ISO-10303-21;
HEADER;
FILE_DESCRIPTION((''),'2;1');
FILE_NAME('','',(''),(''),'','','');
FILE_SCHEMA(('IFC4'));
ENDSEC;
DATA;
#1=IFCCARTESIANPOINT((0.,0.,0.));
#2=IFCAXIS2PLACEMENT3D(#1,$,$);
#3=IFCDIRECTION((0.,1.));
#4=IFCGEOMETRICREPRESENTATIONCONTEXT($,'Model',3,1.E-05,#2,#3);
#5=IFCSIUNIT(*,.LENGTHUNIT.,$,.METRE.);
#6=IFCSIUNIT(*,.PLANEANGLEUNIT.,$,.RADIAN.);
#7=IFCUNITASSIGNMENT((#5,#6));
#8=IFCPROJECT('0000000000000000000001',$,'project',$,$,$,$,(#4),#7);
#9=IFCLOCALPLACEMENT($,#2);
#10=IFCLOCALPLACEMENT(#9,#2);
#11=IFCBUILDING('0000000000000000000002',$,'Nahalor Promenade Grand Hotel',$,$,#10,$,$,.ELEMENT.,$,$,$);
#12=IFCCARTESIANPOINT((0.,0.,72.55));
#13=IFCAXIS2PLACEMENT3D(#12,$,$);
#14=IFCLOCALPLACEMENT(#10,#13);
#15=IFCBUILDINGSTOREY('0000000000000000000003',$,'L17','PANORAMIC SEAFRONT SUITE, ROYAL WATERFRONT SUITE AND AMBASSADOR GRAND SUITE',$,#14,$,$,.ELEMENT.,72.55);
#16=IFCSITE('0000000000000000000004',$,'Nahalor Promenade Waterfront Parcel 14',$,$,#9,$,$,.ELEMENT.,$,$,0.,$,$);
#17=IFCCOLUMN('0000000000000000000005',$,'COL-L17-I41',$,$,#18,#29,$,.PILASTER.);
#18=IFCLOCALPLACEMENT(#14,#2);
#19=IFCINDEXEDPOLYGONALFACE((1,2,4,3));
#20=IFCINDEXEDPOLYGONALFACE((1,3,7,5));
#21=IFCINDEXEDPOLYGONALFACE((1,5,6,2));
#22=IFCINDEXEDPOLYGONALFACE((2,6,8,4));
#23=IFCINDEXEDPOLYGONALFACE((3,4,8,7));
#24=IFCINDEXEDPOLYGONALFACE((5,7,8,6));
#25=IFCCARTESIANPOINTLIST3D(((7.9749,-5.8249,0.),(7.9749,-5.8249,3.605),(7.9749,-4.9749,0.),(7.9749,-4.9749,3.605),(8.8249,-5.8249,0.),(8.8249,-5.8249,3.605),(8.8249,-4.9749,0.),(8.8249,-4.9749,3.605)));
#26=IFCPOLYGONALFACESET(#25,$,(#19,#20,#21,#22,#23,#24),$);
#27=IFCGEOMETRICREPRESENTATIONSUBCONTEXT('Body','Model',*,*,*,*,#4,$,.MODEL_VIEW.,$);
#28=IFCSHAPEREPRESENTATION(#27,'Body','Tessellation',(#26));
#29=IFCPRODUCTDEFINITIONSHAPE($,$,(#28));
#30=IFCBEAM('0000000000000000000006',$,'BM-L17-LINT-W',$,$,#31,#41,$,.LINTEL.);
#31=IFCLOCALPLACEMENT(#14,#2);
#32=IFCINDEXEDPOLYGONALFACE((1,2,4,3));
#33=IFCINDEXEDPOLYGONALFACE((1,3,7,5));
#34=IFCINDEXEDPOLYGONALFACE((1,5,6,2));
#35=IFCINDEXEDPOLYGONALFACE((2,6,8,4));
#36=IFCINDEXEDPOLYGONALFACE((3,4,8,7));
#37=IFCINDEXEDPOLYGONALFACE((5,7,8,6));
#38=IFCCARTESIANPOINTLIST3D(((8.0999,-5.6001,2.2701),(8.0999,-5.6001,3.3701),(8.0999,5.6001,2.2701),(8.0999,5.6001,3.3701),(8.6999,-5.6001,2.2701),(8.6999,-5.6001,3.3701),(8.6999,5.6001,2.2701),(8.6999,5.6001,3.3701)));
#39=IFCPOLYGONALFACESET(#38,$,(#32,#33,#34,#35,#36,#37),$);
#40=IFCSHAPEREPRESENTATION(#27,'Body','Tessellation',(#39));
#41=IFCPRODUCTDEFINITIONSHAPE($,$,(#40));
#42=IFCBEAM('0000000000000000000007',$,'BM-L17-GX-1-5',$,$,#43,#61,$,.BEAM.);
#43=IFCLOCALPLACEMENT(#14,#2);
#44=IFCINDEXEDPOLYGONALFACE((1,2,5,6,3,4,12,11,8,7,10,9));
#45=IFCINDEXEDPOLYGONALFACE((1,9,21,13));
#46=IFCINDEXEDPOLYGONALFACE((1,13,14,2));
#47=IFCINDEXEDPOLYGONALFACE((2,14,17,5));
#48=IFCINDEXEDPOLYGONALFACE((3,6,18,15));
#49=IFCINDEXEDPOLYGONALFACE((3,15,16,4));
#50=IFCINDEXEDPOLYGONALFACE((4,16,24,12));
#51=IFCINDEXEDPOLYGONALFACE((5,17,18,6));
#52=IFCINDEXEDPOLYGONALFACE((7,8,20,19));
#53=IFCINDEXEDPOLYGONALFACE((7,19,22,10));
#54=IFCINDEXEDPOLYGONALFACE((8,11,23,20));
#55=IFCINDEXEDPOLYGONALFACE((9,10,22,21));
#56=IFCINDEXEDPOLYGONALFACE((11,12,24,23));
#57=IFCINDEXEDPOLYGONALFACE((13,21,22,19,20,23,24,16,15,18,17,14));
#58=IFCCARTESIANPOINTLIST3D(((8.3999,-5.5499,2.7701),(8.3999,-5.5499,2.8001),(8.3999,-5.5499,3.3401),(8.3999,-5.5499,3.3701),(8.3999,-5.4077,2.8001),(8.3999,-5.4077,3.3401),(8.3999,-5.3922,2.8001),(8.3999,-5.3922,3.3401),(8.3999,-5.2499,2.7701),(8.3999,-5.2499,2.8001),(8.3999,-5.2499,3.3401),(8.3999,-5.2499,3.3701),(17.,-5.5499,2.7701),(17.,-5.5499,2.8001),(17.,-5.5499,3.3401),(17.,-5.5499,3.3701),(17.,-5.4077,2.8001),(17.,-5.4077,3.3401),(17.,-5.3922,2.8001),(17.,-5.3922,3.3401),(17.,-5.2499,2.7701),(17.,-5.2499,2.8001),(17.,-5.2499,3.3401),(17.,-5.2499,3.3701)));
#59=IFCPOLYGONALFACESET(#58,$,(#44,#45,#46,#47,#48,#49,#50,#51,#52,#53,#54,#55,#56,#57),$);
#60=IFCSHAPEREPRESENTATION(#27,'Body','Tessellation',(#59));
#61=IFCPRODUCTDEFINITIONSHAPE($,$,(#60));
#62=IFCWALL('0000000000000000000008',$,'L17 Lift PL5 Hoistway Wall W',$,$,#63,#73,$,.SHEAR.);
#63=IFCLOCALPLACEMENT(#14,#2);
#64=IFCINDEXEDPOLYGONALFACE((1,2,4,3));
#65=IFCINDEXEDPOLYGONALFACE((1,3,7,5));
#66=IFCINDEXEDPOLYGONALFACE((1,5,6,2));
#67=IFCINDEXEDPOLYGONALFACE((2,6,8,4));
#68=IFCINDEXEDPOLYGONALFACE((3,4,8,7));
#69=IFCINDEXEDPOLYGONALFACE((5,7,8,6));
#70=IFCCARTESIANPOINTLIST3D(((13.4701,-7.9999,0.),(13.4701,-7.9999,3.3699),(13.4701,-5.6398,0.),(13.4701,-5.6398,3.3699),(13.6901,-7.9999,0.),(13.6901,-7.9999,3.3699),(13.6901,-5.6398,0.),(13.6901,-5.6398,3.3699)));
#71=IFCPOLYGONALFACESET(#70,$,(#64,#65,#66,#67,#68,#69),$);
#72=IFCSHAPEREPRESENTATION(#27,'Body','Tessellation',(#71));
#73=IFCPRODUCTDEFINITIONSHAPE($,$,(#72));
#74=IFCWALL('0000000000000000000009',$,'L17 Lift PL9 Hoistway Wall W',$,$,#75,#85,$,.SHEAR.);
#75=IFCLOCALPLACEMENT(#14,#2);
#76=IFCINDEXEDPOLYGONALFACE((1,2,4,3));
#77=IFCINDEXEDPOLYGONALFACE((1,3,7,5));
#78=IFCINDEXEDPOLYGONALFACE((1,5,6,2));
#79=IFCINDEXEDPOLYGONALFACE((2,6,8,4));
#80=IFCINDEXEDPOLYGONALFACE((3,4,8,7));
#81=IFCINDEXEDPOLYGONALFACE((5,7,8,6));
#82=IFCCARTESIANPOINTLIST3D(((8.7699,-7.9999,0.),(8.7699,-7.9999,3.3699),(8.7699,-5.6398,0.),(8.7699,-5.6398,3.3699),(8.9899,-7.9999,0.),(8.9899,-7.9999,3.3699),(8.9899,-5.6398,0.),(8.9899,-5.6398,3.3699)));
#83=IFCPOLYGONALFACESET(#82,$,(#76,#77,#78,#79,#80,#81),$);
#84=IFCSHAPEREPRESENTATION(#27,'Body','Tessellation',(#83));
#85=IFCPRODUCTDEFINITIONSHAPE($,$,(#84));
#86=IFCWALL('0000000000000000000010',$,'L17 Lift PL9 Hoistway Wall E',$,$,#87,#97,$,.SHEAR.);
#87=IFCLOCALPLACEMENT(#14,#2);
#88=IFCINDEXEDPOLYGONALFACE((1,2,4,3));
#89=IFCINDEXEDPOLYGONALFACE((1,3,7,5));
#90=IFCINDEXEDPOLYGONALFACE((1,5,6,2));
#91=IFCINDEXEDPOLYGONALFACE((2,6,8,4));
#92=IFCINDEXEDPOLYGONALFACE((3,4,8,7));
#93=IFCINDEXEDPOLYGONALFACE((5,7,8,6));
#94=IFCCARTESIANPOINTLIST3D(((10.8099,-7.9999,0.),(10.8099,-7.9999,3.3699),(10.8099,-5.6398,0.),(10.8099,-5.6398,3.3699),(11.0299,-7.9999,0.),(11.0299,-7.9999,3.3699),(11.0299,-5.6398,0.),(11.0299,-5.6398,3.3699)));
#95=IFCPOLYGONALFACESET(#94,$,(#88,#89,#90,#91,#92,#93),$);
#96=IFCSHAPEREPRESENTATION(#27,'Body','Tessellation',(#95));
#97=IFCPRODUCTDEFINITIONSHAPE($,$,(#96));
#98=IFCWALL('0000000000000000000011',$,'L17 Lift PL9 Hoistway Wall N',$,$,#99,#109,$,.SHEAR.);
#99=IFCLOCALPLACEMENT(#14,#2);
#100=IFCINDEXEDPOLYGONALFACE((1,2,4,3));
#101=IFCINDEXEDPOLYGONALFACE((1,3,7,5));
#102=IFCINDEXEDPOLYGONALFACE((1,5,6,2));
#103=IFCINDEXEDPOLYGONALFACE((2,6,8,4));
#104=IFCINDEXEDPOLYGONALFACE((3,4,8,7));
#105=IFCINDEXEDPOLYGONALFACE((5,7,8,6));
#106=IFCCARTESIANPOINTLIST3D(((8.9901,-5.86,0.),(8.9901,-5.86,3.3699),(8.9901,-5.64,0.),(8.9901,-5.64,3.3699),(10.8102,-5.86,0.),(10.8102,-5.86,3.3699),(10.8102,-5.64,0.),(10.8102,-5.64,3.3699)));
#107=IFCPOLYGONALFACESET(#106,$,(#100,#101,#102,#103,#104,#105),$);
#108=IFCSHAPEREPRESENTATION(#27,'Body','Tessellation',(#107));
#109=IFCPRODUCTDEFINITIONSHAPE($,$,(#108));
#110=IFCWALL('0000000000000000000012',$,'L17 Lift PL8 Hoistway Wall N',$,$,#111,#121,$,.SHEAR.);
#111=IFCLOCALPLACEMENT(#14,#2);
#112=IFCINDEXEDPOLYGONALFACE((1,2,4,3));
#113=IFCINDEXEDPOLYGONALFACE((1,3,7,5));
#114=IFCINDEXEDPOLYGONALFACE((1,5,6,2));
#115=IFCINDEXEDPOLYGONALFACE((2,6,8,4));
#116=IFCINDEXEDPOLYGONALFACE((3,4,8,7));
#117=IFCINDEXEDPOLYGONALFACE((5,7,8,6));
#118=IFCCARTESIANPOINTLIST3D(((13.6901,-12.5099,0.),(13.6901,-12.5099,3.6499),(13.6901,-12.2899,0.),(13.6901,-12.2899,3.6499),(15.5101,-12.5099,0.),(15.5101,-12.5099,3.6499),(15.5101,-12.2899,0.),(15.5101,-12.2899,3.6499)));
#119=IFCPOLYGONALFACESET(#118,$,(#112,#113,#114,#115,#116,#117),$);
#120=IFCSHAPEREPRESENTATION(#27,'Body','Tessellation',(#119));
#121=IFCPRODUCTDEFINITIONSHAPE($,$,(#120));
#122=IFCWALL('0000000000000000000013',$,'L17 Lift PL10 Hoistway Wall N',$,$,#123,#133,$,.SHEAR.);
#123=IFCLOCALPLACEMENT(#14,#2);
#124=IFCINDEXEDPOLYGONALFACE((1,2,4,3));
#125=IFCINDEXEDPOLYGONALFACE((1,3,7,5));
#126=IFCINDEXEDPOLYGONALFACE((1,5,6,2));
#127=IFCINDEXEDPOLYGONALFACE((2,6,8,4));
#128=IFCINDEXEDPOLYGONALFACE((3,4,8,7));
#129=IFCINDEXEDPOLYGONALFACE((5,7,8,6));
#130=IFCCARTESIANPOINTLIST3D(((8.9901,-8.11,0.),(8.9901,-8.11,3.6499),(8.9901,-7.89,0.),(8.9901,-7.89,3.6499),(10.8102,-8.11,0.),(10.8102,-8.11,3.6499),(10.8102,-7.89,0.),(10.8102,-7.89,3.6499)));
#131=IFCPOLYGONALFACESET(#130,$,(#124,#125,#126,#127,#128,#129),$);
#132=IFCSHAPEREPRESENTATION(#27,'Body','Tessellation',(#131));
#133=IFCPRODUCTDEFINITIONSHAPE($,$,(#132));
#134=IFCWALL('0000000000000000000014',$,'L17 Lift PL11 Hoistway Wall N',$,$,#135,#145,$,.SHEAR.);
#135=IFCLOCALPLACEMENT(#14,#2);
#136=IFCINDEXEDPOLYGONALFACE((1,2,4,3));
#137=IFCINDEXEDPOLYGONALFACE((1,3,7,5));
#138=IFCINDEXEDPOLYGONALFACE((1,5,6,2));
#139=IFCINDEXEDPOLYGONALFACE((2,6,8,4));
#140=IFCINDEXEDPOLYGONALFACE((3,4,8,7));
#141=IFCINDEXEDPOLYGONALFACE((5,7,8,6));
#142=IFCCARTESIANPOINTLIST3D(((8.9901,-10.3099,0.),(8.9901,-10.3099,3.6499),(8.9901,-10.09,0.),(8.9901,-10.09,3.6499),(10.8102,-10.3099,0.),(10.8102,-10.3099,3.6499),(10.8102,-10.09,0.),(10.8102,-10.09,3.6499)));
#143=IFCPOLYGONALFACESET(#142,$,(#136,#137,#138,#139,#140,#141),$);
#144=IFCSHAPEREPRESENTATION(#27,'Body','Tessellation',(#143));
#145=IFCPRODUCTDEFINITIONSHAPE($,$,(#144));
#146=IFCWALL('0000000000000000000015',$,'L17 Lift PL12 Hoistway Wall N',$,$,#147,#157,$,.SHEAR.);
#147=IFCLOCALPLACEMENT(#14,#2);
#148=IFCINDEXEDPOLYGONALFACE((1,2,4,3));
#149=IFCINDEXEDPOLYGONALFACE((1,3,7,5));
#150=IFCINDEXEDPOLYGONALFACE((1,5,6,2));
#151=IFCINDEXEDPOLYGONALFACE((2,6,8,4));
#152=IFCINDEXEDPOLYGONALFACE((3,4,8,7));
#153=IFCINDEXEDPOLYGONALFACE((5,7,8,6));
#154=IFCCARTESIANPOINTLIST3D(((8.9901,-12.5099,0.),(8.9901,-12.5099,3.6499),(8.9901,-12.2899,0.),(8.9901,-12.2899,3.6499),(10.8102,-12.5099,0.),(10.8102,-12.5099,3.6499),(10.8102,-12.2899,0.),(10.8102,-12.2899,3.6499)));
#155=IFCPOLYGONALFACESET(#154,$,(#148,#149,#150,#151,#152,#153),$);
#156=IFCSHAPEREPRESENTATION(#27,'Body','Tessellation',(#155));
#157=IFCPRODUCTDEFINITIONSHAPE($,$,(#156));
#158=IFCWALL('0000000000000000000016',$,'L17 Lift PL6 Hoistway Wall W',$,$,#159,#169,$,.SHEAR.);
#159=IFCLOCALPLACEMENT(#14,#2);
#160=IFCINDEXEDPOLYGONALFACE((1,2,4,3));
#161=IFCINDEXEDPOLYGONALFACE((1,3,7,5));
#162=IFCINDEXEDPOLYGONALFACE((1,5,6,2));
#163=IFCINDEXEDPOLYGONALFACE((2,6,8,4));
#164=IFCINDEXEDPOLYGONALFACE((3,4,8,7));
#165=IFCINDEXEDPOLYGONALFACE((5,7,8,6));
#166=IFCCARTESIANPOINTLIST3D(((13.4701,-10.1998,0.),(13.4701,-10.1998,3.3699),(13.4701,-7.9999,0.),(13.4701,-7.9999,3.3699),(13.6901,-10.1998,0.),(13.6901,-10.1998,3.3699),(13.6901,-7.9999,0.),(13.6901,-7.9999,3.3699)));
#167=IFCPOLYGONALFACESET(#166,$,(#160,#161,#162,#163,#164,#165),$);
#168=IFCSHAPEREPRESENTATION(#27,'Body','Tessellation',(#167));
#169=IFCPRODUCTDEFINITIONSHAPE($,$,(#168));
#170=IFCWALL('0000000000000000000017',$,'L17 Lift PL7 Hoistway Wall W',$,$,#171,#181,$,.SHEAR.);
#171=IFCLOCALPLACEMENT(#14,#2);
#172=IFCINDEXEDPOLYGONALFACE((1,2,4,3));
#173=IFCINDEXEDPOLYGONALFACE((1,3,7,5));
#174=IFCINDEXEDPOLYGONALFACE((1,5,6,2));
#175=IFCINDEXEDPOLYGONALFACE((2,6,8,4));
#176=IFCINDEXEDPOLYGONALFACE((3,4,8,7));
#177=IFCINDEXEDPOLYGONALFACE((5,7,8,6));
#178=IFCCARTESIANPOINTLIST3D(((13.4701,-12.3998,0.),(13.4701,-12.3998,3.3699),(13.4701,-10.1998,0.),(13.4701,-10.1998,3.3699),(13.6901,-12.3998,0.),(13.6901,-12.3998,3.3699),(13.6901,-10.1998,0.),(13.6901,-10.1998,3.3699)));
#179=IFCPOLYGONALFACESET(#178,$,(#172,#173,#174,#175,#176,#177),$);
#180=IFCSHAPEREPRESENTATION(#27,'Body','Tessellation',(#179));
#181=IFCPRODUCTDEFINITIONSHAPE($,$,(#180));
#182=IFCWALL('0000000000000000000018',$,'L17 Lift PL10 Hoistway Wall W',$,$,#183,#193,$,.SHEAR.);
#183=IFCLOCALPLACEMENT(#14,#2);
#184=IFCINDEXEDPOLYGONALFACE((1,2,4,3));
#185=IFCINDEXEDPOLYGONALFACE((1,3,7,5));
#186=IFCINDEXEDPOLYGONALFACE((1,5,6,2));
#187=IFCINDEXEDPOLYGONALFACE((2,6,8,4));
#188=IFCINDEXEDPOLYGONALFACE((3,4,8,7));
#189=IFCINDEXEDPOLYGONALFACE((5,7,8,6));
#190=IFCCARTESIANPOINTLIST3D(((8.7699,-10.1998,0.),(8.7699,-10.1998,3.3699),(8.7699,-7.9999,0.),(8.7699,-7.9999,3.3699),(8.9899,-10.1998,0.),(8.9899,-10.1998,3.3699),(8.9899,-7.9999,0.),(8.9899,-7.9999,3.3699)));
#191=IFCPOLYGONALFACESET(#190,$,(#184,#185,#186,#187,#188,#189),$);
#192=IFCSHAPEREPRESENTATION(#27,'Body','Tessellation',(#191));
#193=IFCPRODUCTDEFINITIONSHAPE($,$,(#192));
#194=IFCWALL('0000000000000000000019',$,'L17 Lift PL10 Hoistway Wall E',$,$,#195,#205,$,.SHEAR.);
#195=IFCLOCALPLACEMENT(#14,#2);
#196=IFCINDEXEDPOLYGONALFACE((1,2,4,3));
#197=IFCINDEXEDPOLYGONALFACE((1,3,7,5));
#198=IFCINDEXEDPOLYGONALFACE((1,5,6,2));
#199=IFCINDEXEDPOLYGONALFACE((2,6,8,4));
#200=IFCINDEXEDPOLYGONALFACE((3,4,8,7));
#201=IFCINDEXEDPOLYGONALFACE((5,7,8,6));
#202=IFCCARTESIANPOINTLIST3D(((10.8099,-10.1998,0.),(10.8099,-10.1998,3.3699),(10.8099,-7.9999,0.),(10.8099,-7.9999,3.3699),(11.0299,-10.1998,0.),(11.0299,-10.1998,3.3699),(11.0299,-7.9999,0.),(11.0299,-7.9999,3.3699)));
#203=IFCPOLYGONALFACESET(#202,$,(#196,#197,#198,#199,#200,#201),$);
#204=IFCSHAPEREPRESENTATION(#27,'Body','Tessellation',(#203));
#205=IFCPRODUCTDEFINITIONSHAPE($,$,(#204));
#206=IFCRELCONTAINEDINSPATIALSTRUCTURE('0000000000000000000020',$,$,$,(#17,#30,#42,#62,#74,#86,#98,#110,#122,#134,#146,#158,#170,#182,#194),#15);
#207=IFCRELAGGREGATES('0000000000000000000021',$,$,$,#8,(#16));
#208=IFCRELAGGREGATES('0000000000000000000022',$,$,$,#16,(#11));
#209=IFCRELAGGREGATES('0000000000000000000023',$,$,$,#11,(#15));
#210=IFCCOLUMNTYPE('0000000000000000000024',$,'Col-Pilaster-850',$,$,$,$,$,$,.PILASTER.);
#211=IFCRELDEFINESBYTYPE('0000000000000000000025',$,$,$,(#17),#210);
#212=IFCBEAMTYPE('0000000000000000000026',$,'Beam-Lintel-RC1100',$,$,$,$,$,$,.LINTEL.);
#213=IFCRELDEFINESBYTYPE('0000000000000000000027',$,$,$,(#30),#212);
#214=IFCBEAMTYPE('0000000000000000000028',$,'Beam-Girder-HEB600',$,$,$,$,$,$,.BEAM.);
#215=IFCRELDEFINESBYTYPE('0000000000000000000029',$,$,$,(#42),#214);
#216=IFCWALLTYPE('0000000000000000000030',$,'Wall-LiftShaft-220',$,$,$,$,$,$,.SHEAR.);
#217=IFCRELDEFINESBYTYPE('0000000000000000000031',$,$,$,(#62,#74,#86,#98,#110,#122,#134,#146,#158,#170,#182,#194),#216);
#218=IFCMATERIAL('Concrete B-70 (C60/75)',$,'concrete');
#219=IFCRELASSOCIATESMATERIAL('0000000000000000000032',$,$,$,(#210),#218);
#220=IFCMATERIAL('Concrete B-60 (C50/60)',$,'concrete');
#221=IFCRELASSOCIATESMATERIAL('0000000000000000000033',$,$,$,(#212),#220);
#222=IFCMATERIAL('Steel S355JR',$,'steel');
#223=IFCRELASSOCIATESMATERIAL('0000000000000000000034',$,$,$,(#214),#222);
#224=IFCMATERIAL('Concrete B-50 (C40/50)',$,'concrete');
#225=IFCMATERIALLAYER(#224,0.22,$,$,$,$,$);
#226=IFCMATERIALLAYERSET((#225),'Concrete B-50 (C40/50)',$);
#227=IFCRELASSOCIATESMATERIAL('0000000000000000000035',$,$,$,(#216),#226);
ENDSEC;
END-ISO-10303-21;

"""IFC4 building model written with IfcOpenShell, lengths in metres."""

from ifc_helpers import new_model, si_unit, direction, frame, frame_2d, origin, origin_2d, place, context, subcontext, project, spatial, rectangle, i_section, extrude, source, transform, mapped, material, layer, layer_set, material_profile, profile_set, type_object, element, save


model = new_model("IFC4")

# Units and contexts
model_context = context("Model", 3, precision=1e-05, world=origin(), true_north=direction((0.0, 1.0)))
body_context = subcontext(model_context, "Body", "Model", "MODEL_VIEW")
ifc_project = project(units=[si_unit("LENGTHUNIT", "METRE"), si_unit("PLANEANGLEUNIT", "RADIAN")], contexts=[model_context])

# Site, building, storey
site_placement = place(None, origin())
site = spatial("IfcSite", under=ifc_project, at=site_placement, Name="Nahalor Promenade Waterfront Parcel 14", CompositionType="ELEMENT", RefElevation=0.0)
building_placement = place(site_placement, origin())
building = spatial("IfcBuilding", under=site, at=building_placement, Name="Nahalor Promenade Grand Hotel", CompositionType="ELEMENT")
storey_placement = place(building_placement, frame((0.0, 0.0, 72.55)))
storey = spatial("IfcBuildingStorey", under=building, at=storey_placement, Name="L17", Description="PANORAMIC SEAFRONT SUITE, ROYAL WATERFRONT SUITE AND AMBASSADOR GRAND SUITE", CompositionType="ELEMENT", Elevation=72.55)

# Column
ifc_material_1 = material(Name="Concrete B-70 (C60/75)", Category="concrete")
ifc_material_profile_1 = material_profile(ifc_material_1, rectangle(XDim=0.85, YDim=0.85, at=origin_2d()), Name="RC 850x850")
ifc_profile_set_1 = profile_set([ifc_material_profile_1], Name="Concrete B-70 (C60/75)")
column_type = type_object("IfcColumnType", Name="Col-Pilaster-850", PredefinedType="PILASTER", material=ifc_profile_set_1)
shared_shape_1 = source(origin(), body_context, "Body", "SweptSolid", [
    extrude(rectangle(XDim=0.85, YDim=0.85, at=origin_2d()), origin(), (0.0, 0.0, 1.0), 3.605),
])
column_placement = place(storey_placement, frame((8.3999, -5.3999, 0.0), z_axis=(0.0, 0.0, 1.0), x_axis=(1.0, 0.0, 0.0)))
element("IfcColumn", 1, at=column_placement, inside=storey, type_object=column_type, Name="COL-L17-I41", PredefinedType="PILASTER", context=body_context, shape_type="MappedRepresentation", body=[
    mapped(shared_shape_1, transform((0.0, 0.0, 0.0), scale=1.0)),
])

# Beams
ifc_material_2 = material(Name="Concrete B-60 (C50/60)", Category="concrete")
ifc_material_profile_2 = material_profile(ifc_material_2, rectangle(XDim=0.6, YDim=1.1, at=origin_2d()), Name="RC 600x1100")
ifc_profile_set_2 = profile_set([ifc_material_profile_2], Name="Concrete B-60 (C50/60)")
beam_type_1 = type_object("IfcBeamType", Name="Beam-Lintel-RC1100", PredefinedType="LINTEL", material=ifc_profile_set_2)
shared_shape_2 = source(origin(), body_context, "Body", "SweptSolid", [
    extrude(rectangle(XDim=0.6, YDim=1.1, at=origin_2d()), origin(), (0.0, 0.0, 1.0), 11.2002),
])
beam_1_placement = place(storey_placement, frame((8.3999, -5.6001, 2.8201), z_axis=(0.0, 1.0, 0.0), x_axis=(-1.0, 0.0, 0.0)))
element("IfcBeam", 2, at=beam_1_placement, inside=storey, type_object=beam_type_1, Name="BM-L17-LINT-W", PredefinedType="LINTEL", context=body_context, shape_type="MappedRepresentation", body=[
    mapped(shared_shape_2, transform((0.0, 0.0, 0.0), scale=1.0)),
])
ifc_material_3 = material(Name="Steel S355JR", Category="steel")
ifc_material_profile_3 = material_profile(ifc_material_3, i_section(OverallWidth=0.3, OverallDepth=0.6, WebThickness=0.0155, FlangeThickness=0.03, at=origin_2d()), Name="HEB 600")
ifc_profile_set_3 = profile_set([ifc_material_profile_3], Name="Steel S355JR")
beam_type_2 = type_object("IfcBeamType", Name="Beam-Girder-HEB600", PredefinedType="BEAM", material=ifc_profile_set_3)
shared_shape_3 = source(origin(), body_context, "Body", "SweptSolid", [
    extrude(i_section(OverallWidth=0.3, OverallDepth=0.6, WebThickness=0.0155, FlangeThickness=0.03, at=origin_2d()), origin(), (0.0, 0.0, 1.0), 8.6001),
])
beam_2_placement = place(storey_placement, frame((8.3999, -5.3999, 3.0701), z_axis=(1.0, 0.0, 0.0), x_axis=(0.0, 1.0, 0.0)))
element("IfcBeam", 3, at=beam_2_placement, inside=storey, type_object=beam_type_2, Name="BM-L17-GX-1-5", PredefinedType="BEAM", context=body_context, shape_type="MappedRepresentation", body=[
    mapped(shared_shape_3, transform((0.0, 0.0, 0.0), scale=1.0)),
])

# Walls
ifc_material_4 = material(Name="Concrete B-50 (C40/50)", Category="concrete")
ifc_layer_1 = layer(ifc_material_4, 0.22)
ifc_layer_set_1 = layer_set([ifc_layer_1], Name="Concrete B-50 (C40/50)")
wall_type_1 = type_object("IfcWallType", Name="Wall-LiftShaft-220", PredefinedType="SHEAR", material=ifc_layer_set_1)
shared_shape_4 = source(origin(), body_context, "Body", "SweptSolid", [
    extrude(rectangle(XDim=2.3601, YDim=0.22, at=frame_2d((1.1802, 0.0))), origin(), (0.0, 0.0, 1.0), 3.3699),
])
for number, where, z_axis, x_axis, name in (
    (4, (13.5801, -8.0, 0.0), (0.0, 0.0, 1.0), (0.0, 1.0, 0.0), "L17 Lift PL5 Hoistway Wall W"),
    (5, (8.8799, -8.0, 0.0), (0.0, 0.0, 1.0), (0.0, 1.0, 0.0), "L17 Lift PL9 Hoistway Wall W"),
    (6, (10.9199, -8.0, 0.0), (0.0, 0.0, 1.0), (0.0, 1.0, 0.0), "L17 Lift PL9 Hoistway Wall E"),
):
    element("IfcWall", number, at=place(storey_placement, frame(where, z_axis=z_axis, x_axis=x_axis)), inside=storey, type_object=wall_type_1, Name=name, PredefinedType="SHEAR", context=body_context, shape_type="MappedRepresentation", body=[
        mapped(shared_shape_4, transform((0.0, 0.0, 0.0), scale=1.0)),
    ])
shared_shape_5 = source(origin(), body_context, "Body", "SweptSolid", [
    extrude(rectangle(XDim=1.8201, YDim=0.22, at=frame_2d((0.9102, 0.0))), origin(), (0.0, 0.0, 1.0), 3.3699),
])
wall_1_placement = place(storey_placement, frame((8.99, -5.75, 0.0), z_axis=(0.0, 0.0, 1.0), x_axis=(1.0, 0.0, 0.0)))
element("IfcWall", 7, at=wall_1_placement, inside=storey, type_object=wall_type_1, Name="L17 Lift PL9 Hoistway Wall N", PredefinedType="SHEAR", context=body_context, shape_type="MappedRepresentation", body=[
    mapped(shared_shape_5, transform((0.0, 0.0, 0.0), scale=1.0)),
])
shared_shape_6 = source(origin(), body_context, "Body", "SweptSolid", [
    extrude(rectangle(XDim=1.8201, YDim=0.22, at=frame_2d((0.9102, 0.0))), origin(), (0.0, 0.0, 1.0), 3.6499),
])
for number, where, z_axis, x_axis, name in (
    (8, (13.6899, -12.3999, 0.0), (0.0, 0.0, 1.0), (1.0, 0.0, 0.0), "L17 Lift PL8 Hoistway Wall N"),
    (9, (8.99, -8.0, 0.0), (0.0, 0.0, 1.0), (1.0, 0.0, 0.0), "L17 Lift PL10 Hoistway Wall N"),
    (10, (8.99, -10.2, 0.0), (0.0, 0.0, 1.0), (1.0, 0.0, 0.0), "L17 Lift PL11 Hoistway Wall N"),
    (11, (8.99, -12.3999, 0.0), (0.0, 0.0, 1.0), (1.0, 0.0, 0.0), "L17 Lift PL12 Hoistway Wall N"),
):
    element("IfcWall", number, at=place(storey_placement, frame(where, z_axis=z_axis, x_axis=x_axis)), inside=storey, type_object=wall_type_1, Name=name, PredefinedType="SHEAR", context=body_context, shape_type="MappedRepresentation", body=[
        mapped(shared_shape_6, transform((0.0, 0.0, 0.0), scale=1.0)),
    ])
shared_shape_7 = source(origin(), body_context, "Body", "SweptSolid", [
    extrude(rectangle(XDim=2.2, YDim=0.22, at=frame_2d((1.1001, 0.0))), origin(), (0.0, 0.0, 1.0), 3.3699),
])
for number, where, z_axis, x_axis, name in (
    (12, (13.5801, -10.2, 0.0), (0.0, 0.0, 1.0), (0.0, 1.0, 0.0), "L17 Lift PL6 Hoistway Wall W"),
    (13, (13.5801, -12.3999, 0.0), (0.0, 0.0, 1.0), (0.0, 1.0, 0.0), "L17 Lift PL7 Hoistway Wall W"),
    (14, (8.8799, -10.2, 0.0), (0.0, 0.0, 1.0), (0.0, 1.0, 0.0), "L17 Lift PL10 Hoistway Wall W"),
    (15, (10.9199, -10.2, 0.0), (0.0, 0.0, 1.0), (0.0, 1.0, 0.0), "L17 Lift PL10 Hoistway Wall E"),
):
    element("IfcWall", number, at=place(storey_placement, frame(where, z_axis=z_axis, x_axis=x_axis)), inside=storey, type_object=wall_type_1, Name=name, PredefinedType="SHEAR", context=body_context, shape_type="MappedRepresentation", body=[
        mapped(shared_shape_7, transform((0.0, 0.0, 0.0), scale=1.0)),
    ])

save(model, "model.ifc")
